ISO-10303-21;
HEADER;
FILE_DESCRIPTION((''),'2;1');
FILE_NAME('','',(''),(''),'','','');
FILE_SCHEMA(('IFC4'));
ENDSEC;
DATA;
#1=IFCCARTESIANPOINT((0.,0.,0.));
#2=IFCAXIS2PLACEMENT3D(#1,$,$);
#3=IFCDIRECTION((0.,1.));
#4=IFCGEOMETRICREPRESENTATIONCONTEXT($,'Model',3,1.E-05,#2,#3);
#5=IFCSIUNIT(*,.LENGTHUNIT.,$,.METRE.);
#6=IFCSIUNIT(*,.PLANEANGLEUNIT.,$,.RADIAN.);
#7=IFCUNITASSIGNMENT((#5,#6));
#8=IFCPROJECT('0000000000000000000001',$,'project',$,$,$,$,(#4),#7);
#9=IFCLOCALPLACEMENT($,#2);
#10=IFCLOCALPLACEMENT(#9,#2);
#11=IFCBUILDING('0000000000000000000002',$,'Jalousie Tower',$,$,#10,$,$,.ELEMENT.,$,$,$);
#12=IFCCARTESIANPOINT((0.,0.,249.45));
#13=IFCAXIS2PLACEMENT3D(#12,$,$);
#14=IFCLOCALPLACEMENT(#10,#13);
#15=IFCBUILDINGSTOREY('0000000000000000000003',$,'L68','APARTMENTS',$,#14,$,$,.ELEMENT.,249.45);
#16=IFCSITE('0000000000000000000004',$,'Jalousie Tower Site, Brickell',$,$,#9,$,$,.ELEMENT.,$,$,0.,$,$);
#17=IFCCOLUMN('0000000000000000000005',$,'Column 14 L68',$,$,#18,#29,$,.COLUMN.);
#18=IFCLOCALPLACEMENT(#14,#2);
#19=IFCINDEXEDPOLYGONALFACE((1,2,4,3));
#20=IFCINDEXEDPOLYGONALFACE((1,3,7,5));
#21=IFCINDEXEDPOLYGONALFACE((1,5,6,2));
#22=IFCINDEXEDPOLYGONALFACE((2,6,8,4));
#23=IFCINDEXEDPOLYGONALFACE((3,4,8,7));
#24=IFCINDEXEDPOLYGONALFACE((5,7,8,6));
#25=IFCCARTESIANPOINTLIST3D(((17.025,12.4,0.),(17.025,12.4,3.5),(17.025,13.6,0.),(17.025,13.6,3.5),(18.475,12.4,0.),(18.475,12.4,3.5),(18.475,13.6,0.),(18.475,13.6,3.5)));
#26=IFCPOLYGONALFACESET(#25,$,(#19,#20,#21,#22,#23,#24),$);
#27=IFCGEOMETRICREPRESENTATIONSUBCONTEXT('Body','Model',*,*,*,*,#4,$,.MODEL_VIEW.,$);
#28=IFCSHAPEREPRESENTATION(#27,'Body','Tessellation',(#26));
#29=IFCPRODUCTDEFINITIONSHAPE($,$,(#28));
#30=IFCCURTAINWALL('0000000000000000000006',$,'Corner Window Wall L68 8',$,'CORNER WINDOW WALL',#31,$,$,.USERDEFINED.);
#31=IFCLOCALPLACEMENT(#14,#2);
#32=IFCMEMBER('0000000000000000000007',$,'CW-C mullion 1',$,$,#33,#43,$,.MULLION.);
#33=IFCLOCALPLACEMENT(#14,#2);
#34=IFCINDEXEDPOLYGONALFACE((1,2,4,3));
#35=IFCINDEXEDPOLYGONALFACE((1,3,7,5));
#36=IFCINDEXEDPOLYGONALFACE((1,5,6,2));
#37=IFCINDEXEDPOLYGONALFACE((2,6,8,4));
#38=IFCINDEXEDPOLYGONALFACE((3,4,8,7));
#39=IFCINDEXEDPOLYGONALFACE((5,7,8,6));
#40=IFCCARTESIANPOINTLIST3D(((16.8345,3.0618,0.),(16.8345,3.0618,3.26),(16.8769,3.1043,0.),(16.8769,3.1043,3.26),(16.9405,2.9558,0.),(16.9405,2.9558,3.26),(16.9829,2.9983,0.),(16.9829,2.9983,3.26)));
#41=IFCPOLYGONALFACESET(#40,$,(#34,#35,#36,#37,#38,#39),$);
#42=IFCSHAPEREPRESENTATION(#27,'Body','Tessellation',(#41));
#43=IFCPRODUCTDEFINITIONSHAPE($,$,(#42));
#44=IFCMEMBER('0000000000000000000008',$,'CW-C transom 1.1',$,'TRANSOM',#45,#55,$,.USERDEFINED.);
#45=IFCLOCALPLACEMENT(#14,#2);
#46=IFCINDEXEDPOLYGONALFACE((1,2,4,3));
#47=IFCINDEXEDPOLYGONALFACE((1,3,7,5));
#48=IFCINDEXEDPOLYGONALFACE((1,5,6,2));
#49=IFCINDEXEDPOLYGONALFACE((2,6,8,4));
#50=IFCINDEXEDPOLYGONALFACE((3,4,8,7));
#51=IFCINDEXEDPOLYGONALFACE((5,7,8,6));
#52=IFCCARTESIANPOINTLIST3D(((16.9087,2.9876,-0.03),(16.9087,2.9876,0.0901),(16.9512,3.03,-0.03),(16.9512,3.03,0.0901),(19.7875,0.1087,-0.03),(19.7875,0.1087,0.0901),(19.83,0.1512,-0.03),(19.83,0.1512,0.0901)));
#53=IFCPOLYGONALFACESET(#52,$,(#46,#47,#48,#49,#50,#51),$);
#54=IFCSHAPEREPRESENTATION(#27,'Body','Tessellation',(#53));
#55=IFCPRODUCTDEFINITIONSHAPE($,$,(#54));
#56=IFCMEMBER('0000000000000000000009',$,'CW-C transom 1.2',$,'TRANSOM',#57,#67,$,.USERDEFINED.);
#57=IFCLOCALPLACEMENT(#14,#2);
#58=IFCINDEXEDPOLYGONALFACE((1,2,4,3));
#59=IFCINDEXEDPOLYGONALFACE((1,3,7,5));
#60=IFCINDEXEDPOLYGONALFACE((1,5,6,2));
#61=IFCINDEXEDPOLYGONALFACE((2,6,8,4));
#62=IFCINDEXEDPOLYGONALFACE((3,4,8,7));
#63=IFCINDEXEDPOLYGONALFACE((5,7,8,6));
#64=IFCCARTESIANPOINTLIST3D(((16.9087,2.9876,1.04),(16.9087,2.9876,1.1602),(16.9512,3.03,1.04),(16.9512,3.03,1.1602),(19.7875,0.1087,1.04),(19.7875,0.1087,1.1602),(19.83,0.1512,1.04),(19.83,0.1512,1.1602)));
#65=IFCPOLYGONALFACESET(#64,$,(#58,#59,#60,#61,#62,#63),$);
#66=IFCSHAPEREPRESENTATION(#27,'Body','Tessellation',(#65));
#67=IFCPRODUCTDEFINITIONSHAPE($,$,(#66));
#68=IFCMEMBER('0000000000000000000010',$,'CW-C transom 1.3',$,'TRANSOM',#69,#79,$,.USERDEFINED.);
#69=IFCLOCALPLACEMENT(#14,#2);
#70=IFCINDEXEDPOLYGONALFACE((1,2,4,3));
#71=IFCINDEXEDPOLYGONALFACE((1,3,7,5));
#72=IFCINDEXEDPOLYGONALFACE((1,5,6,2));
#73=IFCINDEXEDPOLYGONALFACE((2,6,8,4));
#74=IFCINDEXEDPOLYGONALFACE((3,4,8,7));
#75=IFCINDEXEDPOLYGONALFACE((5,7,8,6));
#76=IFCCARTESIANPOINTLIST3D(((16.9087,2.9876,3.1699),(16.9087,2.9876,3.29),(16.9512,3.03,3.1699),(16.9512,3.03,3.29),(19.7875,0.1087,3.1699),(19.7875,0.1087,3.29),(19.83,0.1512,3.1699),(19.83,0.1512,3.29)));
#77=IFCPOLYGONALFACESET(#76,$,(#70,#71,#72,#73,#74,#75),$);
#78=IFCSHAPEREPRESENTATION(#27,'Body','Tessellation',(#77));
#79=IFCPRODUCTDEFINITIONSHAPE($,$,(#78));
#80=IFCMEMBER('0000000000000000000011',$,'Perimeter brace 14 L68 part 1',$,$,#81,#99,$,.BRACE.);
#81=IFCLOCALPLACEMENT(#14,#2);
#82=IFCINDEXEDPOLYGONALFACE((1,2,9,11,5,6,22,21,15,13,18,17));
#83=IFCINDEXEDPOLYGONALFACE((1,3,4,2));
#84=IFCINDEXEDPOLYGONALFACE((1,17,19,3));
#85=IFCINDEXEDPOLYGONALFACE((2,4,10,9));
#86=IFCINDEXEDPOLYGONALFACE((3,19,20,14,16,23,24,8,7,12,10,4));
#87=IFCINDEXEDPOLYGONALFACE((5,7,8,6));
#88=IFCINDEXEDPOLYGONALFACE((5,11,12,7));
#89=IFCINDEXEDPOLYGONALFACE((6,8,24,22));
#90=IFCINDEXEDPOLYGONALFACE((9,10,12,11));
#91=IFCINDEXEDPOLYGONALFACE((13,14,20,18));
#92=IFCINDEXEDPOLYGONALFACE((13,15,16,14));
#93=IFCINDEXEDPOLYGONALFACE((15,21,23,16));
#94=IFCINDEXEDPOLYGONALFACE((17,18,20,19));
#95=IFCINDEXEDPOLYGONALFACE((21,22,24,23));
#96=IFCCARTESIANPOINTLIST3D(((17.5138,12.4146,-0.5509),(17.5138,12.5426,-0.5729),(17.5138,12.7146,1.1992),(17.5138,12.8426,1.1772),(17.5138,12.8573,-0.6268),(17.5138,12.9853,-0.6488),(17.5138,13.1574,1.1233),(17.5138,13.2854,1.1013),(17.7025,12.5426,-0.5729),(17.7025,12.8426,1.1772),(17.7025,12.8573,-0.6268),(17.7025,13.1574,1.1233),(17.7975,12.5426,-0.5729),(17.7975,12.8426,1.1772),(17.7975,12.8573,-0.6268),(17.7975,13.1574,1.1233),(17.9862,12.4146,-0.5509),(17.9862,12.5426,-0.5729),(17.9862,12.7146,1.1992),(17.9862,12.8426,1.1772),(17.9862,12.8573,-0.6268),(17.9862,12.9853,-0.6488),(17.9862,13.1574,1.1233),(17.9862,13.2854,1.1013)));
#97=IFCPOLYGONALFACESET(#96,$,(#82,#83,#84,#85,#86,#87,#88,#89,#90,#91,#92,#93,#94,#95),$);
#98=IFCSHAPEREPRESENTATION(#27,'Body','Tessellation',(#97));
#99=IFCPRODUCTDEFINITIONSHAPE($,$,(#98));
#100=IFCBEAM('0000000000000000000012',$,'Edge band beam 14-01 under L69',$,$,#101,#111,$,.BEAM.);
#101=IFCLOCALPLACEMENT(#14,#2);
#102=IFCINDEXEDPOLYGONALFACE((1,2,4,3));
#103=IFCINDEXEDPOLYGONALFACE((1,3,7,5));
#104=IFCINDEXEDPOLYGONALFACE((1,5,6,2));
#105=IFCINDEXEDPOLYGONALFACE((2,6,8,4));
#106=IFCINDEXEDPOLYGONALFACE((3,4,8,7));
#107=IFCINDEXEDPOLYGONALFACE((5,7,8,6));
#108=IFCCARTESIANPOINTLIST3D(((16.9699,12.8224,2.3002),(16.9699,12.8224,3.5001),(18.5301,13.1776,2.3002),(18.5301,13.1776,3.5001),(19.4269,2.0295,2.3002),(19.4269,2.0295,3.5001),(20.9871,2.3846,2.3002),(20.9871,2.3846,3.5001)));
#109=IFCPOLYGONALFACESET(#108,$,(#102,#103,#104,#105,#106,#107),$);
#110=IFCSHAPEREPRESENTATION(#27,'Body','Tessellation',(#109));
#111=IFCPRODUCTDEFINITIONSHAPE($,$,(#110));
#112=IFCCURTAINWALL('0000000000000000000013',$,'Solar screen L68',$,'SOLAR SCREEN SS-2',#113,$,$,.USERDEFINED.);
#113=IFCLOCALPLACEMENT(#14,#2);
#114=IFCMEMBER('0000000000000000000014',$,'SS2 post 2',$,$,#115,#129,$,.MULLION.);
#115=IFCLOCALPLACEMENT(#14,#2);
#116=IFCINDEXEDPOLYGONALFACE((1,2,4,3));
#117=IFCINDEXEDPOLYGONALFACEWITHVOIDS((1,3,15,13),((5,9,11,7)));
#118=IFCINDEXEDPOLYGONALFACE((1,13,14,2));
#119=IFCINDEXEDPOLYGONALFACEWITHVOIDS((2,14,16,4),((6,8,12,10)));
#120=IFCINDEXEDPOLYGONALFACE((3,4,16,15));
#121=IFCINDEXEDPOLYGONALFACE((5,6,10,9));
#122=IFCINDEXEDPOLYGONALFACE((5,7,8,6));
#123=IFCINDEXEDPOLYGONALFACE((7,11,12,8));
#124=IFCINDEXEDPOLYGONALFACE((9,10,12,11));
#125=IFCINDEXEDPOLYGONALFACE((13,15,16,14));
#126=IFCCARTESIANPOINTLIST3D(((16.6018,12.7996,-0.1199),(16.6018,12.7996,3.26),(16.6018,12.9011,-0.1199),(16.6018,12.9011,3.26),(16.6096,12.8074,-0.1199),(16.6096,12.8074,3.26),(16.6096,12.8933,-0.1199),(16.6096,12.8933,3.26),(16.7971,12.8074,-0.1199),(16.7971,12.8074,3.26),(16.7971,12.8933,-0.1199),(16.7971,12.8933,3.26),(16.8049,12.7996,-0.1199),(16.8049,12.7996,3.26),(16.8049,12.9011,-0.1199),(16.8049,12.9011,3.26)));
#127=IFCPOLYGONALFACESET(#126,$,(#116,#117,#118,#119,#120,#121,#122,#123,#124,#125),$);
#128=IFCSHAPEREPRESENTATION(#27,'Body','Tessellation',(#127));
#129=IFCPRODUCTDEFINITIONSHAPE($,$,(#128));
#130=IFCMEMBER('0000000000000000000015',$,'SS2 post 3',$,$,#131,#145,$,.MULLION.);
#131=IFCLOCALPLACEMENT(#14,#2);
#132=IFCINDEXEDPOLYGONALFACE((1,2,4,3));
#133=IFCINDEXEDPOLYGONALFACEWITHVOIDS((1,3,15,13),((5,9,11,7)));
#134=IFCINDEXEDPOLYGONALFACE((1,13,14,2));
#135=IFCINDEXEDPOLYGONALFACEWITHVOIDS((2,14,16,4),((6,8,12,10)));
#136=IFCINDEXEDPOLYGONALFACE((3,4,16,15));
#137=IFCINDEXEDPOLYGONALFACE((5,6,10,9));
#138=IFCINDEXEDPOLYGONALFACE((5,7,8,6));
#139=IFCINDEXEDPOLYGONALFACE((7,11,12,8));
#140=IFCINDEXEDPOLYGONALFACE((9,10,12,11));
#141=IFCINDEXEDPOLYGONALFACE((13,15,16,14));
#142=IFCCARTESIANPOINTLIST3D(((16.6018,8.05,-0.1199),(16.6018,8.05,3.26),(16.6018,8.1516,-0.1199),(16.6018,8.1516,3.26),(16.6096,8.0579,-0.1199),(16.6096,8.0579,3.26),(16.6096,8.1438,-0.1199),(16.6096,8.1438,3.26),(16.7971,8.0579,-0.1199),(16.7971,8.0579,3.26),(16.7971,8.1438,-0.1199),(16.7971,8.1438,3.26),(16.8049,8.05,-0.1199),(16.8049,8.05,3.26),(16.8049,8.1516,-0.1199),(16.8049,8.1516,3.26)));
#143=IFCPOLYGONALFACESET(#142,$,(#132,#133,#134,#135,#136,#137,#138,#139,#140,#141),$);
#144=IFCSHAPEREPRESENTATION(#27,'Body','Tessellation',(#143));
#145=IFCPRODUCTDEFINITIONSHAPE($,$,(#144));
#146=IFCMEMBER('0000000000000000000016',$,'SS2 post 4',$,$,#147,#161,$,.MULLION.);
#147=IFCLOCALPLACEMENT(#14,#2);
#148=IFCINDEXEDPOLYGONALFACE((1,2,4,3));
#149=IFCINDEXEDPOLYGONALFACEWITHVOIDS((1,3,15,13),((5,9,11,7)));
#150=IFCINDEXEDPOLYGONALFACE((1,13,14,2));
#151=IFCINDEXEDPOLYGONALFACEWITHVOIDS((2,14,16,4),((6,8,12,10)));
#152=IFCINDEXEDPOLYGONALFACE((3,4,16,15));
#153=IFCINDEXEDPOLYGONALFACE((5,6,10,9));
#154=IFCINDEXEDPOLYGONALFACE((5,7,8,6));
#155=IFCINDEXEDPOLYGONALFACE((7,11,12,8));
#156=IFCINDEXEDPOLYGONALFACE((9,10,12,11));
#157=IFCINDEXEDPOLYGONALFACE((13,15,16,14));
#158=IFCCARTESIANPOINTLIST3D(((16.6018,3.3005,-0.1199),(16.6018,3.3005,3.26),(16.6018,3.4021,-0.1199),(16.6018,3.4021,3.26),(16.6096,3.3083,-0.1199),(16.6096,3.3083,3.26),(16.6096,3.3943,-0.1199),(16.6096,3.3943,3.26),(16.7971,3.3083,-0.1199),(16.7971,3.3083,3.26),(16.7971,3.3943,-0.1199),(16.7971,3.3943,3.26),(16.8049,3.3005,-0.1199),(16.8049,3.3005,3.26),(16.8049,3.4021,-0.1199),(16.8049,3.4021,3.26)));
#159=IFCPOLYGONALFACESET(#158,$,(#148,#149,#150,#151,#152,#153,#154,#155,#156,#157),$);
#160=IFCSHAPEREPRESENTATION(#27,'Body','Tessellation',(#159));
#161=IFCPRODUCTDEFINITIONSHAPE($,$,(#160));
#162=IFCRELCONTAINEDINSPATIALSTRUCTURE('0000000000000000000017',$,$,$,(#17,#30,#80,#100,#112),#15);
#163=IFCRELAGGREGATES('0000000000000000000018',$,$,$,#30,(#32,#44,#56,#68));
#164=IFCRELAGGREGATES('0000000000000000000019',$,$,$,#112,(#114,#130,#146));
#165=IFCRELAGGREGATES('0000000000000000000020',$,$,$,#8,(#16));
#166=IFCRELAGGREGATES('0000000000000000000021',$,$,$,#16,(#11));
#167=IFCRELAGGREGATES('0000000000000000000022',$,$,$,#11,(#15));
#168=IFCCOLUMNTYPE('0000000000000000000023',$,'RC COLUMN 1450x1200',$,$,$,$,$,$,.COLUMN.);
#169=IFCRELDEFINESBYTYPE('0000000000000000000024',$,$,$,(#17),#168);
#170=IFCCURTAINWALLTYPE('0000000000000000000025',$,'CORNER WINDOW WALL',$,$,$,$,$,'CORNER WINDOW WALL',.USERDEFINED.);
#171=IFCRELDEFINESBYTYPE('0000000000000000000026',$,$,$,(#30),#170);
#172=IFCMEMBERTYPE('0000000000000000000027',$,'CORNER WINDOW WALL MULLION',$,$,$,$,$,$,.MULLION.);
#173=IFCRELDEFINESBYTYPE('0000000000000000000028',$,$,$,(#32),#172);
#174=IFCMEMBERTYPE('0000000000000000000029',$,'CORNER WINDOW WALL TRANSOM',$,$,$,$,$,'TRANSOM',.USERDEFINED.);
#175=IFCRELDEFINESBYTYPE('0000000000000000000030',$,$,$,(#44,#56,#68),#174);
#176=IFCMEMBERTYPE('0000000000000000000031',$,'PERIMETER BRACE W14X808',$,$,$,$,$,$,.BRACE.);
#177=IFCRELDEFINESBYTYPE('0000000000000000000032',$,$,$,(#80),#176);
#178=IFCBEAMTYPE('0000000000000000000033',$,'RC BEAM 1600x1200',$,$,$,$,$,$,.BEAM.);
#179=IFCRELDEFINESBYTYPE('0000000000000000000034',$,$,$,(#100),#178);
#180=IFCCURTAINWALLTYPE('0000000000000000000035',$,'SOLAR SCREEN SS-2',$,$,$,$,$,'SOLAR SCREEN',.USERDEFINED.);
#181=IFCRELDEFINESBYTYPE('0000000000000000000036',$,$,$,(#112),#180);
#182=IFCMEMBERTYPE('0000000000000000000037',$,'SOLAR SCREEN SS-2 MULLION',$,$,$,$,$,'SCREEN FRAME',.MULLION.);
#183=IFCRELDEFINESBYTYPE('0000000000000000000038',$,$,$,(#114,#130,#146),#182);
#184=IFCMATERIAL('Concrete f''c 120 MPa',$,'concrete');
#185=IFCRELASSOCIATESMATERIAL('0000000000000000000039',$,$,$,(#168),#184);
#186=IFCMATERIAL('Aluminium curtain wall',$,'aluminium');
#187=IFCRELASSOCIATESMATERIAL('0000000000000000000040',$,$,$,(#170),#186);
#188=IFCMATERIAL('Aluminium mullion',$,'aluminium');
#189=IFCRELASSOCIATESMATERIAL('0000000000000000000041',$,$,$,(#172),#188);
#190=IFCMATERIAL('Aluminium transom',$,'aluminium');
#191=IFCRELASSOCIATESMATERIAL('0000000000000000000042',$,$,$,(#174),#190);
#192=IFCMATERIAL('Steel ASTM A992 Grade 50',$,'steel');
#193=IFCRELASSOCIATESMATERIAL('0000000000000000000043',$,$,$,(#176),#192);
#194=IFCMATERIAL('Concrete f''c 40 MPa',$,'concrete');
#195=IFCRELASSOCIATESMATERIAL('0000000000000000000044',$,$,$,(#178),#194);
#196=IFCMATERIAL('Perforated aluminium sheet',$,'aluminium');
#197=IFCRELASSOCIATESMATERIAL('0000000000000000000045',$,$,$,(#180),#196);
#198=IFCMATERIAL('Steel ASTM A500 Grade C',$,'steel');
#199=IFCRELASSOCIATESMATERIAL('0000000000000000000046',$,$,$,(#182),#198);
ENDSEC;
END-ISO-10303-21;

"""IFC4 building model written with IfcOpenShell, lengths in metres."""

from ifc_helpers import new_model, si_unit, direction, frame, origin, origin_2d, place, context, subcontext, project, spatial, rectangle, hollow_rectangle, i_section, extrude, material, material_profile, profile_set, type_object, element, aggregate, save


model = new_model("IFC4")

# Units and contexts
model_context = context("Model", 3, precision=1e-05, world=origin(), true_north=direction((0.0, 1.0)))
body_context = subcontext(model_context, "Body", "Model", "MODEL_VIEW")
ifc_project = project(units=[si_unit("LENGTHUNIT", "METRE"), si_unit("PLANEANGLEUNIT", "RADIAN")], contexts=[model_context])

# Site, building, storey
site_placement = place(None, origin())
site = spatial("IfcSite", under=ifc_project, at=site_placement, Name="Jalousie Tower Site, Brickell", CompositionType="ELEMENT", RefElevation=0.0)
building_placement = place(site_placement, origin())
building = spatial("IfcBuilding", under=site, at=building_placement, Name="Jalousie Tower", CompositionType="ELEMENT")
storey_placement = place(building_placement, frame((0.0, 0.0, 249.45)))
storey = spatial("IfcBuildingStorey", under=building, at=storey_placement, Name="L68", Description="APARTMENTS", CompositionType="ELEMENT", Elevation=249.45)

# Column
ifc_material_1 = material(Name="Concrete f'c 120 MPa", Category="concrete")
ifc_material_profile_1 = material_profile(ifc_material_1, rectangle(XDim=1.45, YDim=1.2, at=origin_2d()), Name="RC 1450x1200")
ifc_profile_set_1 = profile_set([ifc_material_profile_1], Name="Concrete f'c 120 MPa")
column_type = type_object("IfcColumnType", Name="RC COLUMN 1450x1200", PredefinedType="COLUMN", material=ifc_profile_set_1)
column_placement = place(storey_placement, frame((17.75, 13.0, 0.0), z_axis=(0.0, 0.0, 1.0), x_axis=(1.0, 0.0, 0.0)))
element("IfcColumn", 1, at=column_placement, inside=storey, type_object=column_type, Name="Column 14 L68", PredefinedType="COLUMN", context=body_context, shape_type="SweptSolid", body=[
    extrude(rectangle(XDim=1.45, YDim=1.2, at=origin_2d()), origin(), (0.0, 0.0, 1.0), 3.5),
])

# Curtain wall, members
ifc_material_2 = material(Name="Aluminium curtain wall", Category="aluminium")
curtain_wall_type_1 = type_object("IfcCurtainWallType", Name="CORNER WINDOW WALL", ElementType="CORNER WINDOW WALL", PredefinedType="USERDEFINED", material=ifc_material_2)
curtain_wall_1_placement = place(storey_placement, origin())
curtain_wall_1 = element("IfcCurtainWall", 2, at=curtain_wall_1_placement, inside=storey, type_object=curtain_wall_type_1, Name="Corner Window Wall L68 8", ObjectType="CORNER WINDOW WALL", PredefinedType="USERDEFINED")
ifc_material_3 = material(Name="Aluminium mullion", Category="aluminium")
ifc_material_profile_2 = material_profile(ifc_material_3, rectangle(XDim=0.0601, YDim=0.1499, at=origin_2d()), Name="MULLION 60x150")
ifc_profile_set_2 = profile_set([ifc_material_profile_2], Name="Aluminium mullion")
member_type_1 = type_object("IfcMemberType", Name="CORNER WINDOW WALL MULLION", PredefinedType="MULLION", material=ifc_profile_set_2)
member_1_placement = place(storey_placement, frame((16.9087, 3.03, 0.0), z_axis=(0.0, 0.0, 1.0), x_axis=(0.707107, 0.707107, 0.0)))
member_1 = element("IfcMember", 3, at=member_1_placement, type_object=member_type_1, Name="CW-C mullion 1", PredefinedType="MULLION", context=body_context, shape_type="SweptSolid", body=[
    extrude(rectangle(XDim=0.0601, YDim=0.1499, at=origin_2d()), origin(), (0.0, 0.0, 1.0), 3.26),
])
ifc_material_4 = material(Name="Aluminium transom", Category="aluminium")
ifc_material_profile_3 = material_profile(ifc_material_4, rectangle(XDim=0.0601, YDim=0.1201, at=origin_2d()), Name="TRANSOM 60x120")
ifc_profile_set_3 = profile_set([ifc_material_profile_3], Name="Aluminium transom")
member_type_2 = type_object("IfcMemberType", Name="CORNER WINDOW WALL TRANSOM", ElementType="TRANSOM", PredefinedType="USERDEFINED", material=ifc_profile_set_3)
member_2_placement = place(storey_placement, frame((16.9299, 3.0088, 0.03), z_axis=(0.707107, -0.707107, 0.0), x_axis=(0.707107, 0.707107, 0.0)))
member_2 = element("IfcMember", 4, at=member_2_placement, type_object=member_type_2, Name="CW-C transom 1.1", ObjectType="TRANSOM", PredefinedType="USERDEFINED", context=body_context, shape_type="SweptSolid", body=[
    extrude(rectangle(XDim=0.0601, YDim=0.1201, at=origin_2d()), origin(), (0.0, 0.0, 1.0), 4.0713),
])
member_3_placement = place(storey_placement, frame((16.9299, 3.0088, 1.1001), z_axis=(0.707107, -0.707107, 0.0), x_axis=(0.707107, 0.707107, 0.0)))
member_3 = element("IfcMember", 5, at=member_3_placement, type_object=member_type_2, Name="CW-C transom 1.2", ObjectType="TRANSOM", PredefinedType="USERDEFINED", context=body_context, shape_type="SweptSolid", body=[
    extrude(rectangle(XDim=0.0601, YDim=0.1201, at=origin_2d()), origin(), (0.0, 0.0, 1.0), 4.0713),
])
member_4_placement = place(storey_placement, frame((16.9299, 3.0088, 3.23), z_axis=(0.707107, -0.707107, 0.0), x_axis=(0.707107, 0.707107, 0.0)))
member_4 = element("IfcMember", 6, at=member_4_placement, type_object=member_type_2, Name="CW-C transom 1.3", ObjectType="TRANSOM", PredefinedType="USERDEFINED", context=body_context, shape_type="SweptSolid", body=[
    extrude(rectangle(XDim=0.0601, YDim=0.1201, at=origin_2d()), origin(), (0.0, 0.0, 1.0), 4.0713),
])
aggregate(curtain_wall_1, [member_1, member_2, member_3, member_4])

# Member
ifc_material_5 = material(Name="Steel ASTM A992 Grade 50", Category="steel")
ifc_material_profile_4 = material_profile(ifc_material_5, i_section(OverallWidth=0.4724, OverallDepth=0.5791, WebThickness=0.095, FlangeThickness=0.1299, at=origin_2d()), Name="W14X808")
ifc_profile_set_4 = profile_set([ifc_material_profile_4], Name="Steel ASTM A992 Grade 50")
member_type_3 = type_object("IfcMemberType", Name="PERIMETER BRACE W14X808", PredefinedType="BRACE", material=ifc_profile_set_4)
member_5_placement = place(storey_placement, frame((17.75, 12.7, -0.5999), z_axis=(0.0, 0.168991, 0.985618), x_axis=(-1.0, 0.0, 0.0)))
element("IfcMember", 7, at=member_5_placement, inside=storey, type_object=member_type_3, Name="Perimeter brace 14 L68 part 1", PredefinedType="BRACE", context=body_context, shape_type="SweptSolid", body=[
    extrude(i_section(OverallWidth=0.4724, OverallDepth=0.5791, WebThickness=0.095, FlangeThickness=0.1299, at=origin_2d()), origin(), (0.0, 0.0, 1.0), 1.7756),
])

# Beam
ifc_material_6 = material(Name="Concrete f'c 40 MPa", Category="concrete")
ifc_material_profile_5 = material_profile(ifc_material_6, rectangle(XDim=1.6001, YDim=1.2, at=origin_2d()), Name="RC 1600x1200")
ifc_profile_set_5 = profile_set([ifc_material_profile_5], Name="Concrete f'c 40 MPa")
beam_type = type_object("IfcBeamType", Name="RC BEAM 1600x1200", PredefinedType="BEAM", material=ifc_profile_set_5)
beam_placement = place(storey_placement, frame((17.75, 13.0, 2.9001), z_axis=(0.221972, -0.975053, 0.0), x_axis=(0.975053, 0.221972, 0.0)))
element("IfcBeam", 8, at=beam_placement, inside=storey, type_object=beam_type, Name="Edge band beam 14-01 under L69", PredefinedType="BEAM", context=body_context, shape_type="SweptSolid", body=[
    extrude(rectangle(XDim=1.6001, YDim=1.2, at=origin_2d()), origin(), (0.0, 0.0, 1.0), 11.0691),
])

# Curtain wall, members
ifc_material_7 = material(Name="Perforated aluminium sheet", Category="aluminium")
curtain_wall_type_2 = type_object("IfcCurtainWallType", Name="SOLAR SCREEN SS-2", ElementType="SOLAR SCREEN", PredefinedType="USERDEFINED", material=ifc_material_7)
curtain_wall_2_placement = place(storey_placement, origin())
curtain_wall_2 = element("IfcCurtainWall", 9, at=curtain_wall_2_placement, inside=storey, type_object=curtain_wall_type_2, Name="Solar screen L68", ObjectType="SOLAR SCREEN SS-2", PredefinedType="USERDEFINED")
ifc_material_8 = material(Name="Steel ASTM A500 Grade C", Category="steel")
ifc_material_profile_6 = material_profile(ifc_material_8, hollow_rectangle(XDim=0.1016, YDim=0.2031, WallThickness=0.0078, at=origin_2d()), Name="HSS8X4X5/16")
ifc_profile_set_6 = profile_set([ifc_material_profile_6], Name="Steel ASTM A500 Grade C")
member_type_4 = type_object("IfcMemberType", Name="SOLAR SCREEN SS-2 MULLION", ElementType="SCREEN FRAME", PredefinedType="MULLION", material=ifc_profile_set_6)
member_6_placement = place(storey_placement, frame((16.7034, 12.8503, -0.1199), z_axis=(0.0, 0.0, 1.0), x_axis=(0.0, -1.0, 0.0)))
member_6 = element("IfcMember", 10, at=member_6_placement, type_object=member_type_4, Name="SS2 post 2", PredefinedType="MULLION", context=body_context, shape_type="SweptSolid", body=[
    extrude(hollow_rectangle(XDim=0.1016, YDim=0.2031, WallThickness=0.0078, at=origin_2d()), origin(), (0.0, 0.0, 1.0), 3.3799),
])
member_7_placement = place(storey_placement, frame((16.7034, 8.1008, -0.1199), z_axis=(0.0, 0.0, 1.0), x_axis=(0.0, -1.0, 0.0)))
member_7 = element("IfcMember", 11, at=member_7_placement, type_object=member_type_4, Name="SS2 post 3", PredefinedType="MULLION", context=body_context, shape_type="SweptSolid", body=[
    extrude(hollow_rectangle(XDim=0.1016, YDim=0.2031, WallThickness=0.0078, at=origin_2d()), origin(), (0.0, 0.0, 1.0), 3.3799),
])
member_8_placement = place(storey_placement, frame((16.7034, 3.3513, -0.1199), z_axis=(0.0, 0.0, 1.0), x_axis=(0.0, -1.0, 0.0)))
member_8 = element("IfcMember", 12, at=member_8_placement, type_object=member_type_4, Name="SS2 post 4", PredefinedType="MULLION", context=body_context, shape_type="SweptSolid", body=[
    extrude(hollow_rectangle(XDim=0.1016, YDim=0.2031, WallThickness=0.0078, at=origin_2d()), origin(), (0.0, 0.0, 1.0), 3.3799),
])

aggregate(curtain_wall_2, [member_6, member_7, member_8])

save(model, "model.ifc")
